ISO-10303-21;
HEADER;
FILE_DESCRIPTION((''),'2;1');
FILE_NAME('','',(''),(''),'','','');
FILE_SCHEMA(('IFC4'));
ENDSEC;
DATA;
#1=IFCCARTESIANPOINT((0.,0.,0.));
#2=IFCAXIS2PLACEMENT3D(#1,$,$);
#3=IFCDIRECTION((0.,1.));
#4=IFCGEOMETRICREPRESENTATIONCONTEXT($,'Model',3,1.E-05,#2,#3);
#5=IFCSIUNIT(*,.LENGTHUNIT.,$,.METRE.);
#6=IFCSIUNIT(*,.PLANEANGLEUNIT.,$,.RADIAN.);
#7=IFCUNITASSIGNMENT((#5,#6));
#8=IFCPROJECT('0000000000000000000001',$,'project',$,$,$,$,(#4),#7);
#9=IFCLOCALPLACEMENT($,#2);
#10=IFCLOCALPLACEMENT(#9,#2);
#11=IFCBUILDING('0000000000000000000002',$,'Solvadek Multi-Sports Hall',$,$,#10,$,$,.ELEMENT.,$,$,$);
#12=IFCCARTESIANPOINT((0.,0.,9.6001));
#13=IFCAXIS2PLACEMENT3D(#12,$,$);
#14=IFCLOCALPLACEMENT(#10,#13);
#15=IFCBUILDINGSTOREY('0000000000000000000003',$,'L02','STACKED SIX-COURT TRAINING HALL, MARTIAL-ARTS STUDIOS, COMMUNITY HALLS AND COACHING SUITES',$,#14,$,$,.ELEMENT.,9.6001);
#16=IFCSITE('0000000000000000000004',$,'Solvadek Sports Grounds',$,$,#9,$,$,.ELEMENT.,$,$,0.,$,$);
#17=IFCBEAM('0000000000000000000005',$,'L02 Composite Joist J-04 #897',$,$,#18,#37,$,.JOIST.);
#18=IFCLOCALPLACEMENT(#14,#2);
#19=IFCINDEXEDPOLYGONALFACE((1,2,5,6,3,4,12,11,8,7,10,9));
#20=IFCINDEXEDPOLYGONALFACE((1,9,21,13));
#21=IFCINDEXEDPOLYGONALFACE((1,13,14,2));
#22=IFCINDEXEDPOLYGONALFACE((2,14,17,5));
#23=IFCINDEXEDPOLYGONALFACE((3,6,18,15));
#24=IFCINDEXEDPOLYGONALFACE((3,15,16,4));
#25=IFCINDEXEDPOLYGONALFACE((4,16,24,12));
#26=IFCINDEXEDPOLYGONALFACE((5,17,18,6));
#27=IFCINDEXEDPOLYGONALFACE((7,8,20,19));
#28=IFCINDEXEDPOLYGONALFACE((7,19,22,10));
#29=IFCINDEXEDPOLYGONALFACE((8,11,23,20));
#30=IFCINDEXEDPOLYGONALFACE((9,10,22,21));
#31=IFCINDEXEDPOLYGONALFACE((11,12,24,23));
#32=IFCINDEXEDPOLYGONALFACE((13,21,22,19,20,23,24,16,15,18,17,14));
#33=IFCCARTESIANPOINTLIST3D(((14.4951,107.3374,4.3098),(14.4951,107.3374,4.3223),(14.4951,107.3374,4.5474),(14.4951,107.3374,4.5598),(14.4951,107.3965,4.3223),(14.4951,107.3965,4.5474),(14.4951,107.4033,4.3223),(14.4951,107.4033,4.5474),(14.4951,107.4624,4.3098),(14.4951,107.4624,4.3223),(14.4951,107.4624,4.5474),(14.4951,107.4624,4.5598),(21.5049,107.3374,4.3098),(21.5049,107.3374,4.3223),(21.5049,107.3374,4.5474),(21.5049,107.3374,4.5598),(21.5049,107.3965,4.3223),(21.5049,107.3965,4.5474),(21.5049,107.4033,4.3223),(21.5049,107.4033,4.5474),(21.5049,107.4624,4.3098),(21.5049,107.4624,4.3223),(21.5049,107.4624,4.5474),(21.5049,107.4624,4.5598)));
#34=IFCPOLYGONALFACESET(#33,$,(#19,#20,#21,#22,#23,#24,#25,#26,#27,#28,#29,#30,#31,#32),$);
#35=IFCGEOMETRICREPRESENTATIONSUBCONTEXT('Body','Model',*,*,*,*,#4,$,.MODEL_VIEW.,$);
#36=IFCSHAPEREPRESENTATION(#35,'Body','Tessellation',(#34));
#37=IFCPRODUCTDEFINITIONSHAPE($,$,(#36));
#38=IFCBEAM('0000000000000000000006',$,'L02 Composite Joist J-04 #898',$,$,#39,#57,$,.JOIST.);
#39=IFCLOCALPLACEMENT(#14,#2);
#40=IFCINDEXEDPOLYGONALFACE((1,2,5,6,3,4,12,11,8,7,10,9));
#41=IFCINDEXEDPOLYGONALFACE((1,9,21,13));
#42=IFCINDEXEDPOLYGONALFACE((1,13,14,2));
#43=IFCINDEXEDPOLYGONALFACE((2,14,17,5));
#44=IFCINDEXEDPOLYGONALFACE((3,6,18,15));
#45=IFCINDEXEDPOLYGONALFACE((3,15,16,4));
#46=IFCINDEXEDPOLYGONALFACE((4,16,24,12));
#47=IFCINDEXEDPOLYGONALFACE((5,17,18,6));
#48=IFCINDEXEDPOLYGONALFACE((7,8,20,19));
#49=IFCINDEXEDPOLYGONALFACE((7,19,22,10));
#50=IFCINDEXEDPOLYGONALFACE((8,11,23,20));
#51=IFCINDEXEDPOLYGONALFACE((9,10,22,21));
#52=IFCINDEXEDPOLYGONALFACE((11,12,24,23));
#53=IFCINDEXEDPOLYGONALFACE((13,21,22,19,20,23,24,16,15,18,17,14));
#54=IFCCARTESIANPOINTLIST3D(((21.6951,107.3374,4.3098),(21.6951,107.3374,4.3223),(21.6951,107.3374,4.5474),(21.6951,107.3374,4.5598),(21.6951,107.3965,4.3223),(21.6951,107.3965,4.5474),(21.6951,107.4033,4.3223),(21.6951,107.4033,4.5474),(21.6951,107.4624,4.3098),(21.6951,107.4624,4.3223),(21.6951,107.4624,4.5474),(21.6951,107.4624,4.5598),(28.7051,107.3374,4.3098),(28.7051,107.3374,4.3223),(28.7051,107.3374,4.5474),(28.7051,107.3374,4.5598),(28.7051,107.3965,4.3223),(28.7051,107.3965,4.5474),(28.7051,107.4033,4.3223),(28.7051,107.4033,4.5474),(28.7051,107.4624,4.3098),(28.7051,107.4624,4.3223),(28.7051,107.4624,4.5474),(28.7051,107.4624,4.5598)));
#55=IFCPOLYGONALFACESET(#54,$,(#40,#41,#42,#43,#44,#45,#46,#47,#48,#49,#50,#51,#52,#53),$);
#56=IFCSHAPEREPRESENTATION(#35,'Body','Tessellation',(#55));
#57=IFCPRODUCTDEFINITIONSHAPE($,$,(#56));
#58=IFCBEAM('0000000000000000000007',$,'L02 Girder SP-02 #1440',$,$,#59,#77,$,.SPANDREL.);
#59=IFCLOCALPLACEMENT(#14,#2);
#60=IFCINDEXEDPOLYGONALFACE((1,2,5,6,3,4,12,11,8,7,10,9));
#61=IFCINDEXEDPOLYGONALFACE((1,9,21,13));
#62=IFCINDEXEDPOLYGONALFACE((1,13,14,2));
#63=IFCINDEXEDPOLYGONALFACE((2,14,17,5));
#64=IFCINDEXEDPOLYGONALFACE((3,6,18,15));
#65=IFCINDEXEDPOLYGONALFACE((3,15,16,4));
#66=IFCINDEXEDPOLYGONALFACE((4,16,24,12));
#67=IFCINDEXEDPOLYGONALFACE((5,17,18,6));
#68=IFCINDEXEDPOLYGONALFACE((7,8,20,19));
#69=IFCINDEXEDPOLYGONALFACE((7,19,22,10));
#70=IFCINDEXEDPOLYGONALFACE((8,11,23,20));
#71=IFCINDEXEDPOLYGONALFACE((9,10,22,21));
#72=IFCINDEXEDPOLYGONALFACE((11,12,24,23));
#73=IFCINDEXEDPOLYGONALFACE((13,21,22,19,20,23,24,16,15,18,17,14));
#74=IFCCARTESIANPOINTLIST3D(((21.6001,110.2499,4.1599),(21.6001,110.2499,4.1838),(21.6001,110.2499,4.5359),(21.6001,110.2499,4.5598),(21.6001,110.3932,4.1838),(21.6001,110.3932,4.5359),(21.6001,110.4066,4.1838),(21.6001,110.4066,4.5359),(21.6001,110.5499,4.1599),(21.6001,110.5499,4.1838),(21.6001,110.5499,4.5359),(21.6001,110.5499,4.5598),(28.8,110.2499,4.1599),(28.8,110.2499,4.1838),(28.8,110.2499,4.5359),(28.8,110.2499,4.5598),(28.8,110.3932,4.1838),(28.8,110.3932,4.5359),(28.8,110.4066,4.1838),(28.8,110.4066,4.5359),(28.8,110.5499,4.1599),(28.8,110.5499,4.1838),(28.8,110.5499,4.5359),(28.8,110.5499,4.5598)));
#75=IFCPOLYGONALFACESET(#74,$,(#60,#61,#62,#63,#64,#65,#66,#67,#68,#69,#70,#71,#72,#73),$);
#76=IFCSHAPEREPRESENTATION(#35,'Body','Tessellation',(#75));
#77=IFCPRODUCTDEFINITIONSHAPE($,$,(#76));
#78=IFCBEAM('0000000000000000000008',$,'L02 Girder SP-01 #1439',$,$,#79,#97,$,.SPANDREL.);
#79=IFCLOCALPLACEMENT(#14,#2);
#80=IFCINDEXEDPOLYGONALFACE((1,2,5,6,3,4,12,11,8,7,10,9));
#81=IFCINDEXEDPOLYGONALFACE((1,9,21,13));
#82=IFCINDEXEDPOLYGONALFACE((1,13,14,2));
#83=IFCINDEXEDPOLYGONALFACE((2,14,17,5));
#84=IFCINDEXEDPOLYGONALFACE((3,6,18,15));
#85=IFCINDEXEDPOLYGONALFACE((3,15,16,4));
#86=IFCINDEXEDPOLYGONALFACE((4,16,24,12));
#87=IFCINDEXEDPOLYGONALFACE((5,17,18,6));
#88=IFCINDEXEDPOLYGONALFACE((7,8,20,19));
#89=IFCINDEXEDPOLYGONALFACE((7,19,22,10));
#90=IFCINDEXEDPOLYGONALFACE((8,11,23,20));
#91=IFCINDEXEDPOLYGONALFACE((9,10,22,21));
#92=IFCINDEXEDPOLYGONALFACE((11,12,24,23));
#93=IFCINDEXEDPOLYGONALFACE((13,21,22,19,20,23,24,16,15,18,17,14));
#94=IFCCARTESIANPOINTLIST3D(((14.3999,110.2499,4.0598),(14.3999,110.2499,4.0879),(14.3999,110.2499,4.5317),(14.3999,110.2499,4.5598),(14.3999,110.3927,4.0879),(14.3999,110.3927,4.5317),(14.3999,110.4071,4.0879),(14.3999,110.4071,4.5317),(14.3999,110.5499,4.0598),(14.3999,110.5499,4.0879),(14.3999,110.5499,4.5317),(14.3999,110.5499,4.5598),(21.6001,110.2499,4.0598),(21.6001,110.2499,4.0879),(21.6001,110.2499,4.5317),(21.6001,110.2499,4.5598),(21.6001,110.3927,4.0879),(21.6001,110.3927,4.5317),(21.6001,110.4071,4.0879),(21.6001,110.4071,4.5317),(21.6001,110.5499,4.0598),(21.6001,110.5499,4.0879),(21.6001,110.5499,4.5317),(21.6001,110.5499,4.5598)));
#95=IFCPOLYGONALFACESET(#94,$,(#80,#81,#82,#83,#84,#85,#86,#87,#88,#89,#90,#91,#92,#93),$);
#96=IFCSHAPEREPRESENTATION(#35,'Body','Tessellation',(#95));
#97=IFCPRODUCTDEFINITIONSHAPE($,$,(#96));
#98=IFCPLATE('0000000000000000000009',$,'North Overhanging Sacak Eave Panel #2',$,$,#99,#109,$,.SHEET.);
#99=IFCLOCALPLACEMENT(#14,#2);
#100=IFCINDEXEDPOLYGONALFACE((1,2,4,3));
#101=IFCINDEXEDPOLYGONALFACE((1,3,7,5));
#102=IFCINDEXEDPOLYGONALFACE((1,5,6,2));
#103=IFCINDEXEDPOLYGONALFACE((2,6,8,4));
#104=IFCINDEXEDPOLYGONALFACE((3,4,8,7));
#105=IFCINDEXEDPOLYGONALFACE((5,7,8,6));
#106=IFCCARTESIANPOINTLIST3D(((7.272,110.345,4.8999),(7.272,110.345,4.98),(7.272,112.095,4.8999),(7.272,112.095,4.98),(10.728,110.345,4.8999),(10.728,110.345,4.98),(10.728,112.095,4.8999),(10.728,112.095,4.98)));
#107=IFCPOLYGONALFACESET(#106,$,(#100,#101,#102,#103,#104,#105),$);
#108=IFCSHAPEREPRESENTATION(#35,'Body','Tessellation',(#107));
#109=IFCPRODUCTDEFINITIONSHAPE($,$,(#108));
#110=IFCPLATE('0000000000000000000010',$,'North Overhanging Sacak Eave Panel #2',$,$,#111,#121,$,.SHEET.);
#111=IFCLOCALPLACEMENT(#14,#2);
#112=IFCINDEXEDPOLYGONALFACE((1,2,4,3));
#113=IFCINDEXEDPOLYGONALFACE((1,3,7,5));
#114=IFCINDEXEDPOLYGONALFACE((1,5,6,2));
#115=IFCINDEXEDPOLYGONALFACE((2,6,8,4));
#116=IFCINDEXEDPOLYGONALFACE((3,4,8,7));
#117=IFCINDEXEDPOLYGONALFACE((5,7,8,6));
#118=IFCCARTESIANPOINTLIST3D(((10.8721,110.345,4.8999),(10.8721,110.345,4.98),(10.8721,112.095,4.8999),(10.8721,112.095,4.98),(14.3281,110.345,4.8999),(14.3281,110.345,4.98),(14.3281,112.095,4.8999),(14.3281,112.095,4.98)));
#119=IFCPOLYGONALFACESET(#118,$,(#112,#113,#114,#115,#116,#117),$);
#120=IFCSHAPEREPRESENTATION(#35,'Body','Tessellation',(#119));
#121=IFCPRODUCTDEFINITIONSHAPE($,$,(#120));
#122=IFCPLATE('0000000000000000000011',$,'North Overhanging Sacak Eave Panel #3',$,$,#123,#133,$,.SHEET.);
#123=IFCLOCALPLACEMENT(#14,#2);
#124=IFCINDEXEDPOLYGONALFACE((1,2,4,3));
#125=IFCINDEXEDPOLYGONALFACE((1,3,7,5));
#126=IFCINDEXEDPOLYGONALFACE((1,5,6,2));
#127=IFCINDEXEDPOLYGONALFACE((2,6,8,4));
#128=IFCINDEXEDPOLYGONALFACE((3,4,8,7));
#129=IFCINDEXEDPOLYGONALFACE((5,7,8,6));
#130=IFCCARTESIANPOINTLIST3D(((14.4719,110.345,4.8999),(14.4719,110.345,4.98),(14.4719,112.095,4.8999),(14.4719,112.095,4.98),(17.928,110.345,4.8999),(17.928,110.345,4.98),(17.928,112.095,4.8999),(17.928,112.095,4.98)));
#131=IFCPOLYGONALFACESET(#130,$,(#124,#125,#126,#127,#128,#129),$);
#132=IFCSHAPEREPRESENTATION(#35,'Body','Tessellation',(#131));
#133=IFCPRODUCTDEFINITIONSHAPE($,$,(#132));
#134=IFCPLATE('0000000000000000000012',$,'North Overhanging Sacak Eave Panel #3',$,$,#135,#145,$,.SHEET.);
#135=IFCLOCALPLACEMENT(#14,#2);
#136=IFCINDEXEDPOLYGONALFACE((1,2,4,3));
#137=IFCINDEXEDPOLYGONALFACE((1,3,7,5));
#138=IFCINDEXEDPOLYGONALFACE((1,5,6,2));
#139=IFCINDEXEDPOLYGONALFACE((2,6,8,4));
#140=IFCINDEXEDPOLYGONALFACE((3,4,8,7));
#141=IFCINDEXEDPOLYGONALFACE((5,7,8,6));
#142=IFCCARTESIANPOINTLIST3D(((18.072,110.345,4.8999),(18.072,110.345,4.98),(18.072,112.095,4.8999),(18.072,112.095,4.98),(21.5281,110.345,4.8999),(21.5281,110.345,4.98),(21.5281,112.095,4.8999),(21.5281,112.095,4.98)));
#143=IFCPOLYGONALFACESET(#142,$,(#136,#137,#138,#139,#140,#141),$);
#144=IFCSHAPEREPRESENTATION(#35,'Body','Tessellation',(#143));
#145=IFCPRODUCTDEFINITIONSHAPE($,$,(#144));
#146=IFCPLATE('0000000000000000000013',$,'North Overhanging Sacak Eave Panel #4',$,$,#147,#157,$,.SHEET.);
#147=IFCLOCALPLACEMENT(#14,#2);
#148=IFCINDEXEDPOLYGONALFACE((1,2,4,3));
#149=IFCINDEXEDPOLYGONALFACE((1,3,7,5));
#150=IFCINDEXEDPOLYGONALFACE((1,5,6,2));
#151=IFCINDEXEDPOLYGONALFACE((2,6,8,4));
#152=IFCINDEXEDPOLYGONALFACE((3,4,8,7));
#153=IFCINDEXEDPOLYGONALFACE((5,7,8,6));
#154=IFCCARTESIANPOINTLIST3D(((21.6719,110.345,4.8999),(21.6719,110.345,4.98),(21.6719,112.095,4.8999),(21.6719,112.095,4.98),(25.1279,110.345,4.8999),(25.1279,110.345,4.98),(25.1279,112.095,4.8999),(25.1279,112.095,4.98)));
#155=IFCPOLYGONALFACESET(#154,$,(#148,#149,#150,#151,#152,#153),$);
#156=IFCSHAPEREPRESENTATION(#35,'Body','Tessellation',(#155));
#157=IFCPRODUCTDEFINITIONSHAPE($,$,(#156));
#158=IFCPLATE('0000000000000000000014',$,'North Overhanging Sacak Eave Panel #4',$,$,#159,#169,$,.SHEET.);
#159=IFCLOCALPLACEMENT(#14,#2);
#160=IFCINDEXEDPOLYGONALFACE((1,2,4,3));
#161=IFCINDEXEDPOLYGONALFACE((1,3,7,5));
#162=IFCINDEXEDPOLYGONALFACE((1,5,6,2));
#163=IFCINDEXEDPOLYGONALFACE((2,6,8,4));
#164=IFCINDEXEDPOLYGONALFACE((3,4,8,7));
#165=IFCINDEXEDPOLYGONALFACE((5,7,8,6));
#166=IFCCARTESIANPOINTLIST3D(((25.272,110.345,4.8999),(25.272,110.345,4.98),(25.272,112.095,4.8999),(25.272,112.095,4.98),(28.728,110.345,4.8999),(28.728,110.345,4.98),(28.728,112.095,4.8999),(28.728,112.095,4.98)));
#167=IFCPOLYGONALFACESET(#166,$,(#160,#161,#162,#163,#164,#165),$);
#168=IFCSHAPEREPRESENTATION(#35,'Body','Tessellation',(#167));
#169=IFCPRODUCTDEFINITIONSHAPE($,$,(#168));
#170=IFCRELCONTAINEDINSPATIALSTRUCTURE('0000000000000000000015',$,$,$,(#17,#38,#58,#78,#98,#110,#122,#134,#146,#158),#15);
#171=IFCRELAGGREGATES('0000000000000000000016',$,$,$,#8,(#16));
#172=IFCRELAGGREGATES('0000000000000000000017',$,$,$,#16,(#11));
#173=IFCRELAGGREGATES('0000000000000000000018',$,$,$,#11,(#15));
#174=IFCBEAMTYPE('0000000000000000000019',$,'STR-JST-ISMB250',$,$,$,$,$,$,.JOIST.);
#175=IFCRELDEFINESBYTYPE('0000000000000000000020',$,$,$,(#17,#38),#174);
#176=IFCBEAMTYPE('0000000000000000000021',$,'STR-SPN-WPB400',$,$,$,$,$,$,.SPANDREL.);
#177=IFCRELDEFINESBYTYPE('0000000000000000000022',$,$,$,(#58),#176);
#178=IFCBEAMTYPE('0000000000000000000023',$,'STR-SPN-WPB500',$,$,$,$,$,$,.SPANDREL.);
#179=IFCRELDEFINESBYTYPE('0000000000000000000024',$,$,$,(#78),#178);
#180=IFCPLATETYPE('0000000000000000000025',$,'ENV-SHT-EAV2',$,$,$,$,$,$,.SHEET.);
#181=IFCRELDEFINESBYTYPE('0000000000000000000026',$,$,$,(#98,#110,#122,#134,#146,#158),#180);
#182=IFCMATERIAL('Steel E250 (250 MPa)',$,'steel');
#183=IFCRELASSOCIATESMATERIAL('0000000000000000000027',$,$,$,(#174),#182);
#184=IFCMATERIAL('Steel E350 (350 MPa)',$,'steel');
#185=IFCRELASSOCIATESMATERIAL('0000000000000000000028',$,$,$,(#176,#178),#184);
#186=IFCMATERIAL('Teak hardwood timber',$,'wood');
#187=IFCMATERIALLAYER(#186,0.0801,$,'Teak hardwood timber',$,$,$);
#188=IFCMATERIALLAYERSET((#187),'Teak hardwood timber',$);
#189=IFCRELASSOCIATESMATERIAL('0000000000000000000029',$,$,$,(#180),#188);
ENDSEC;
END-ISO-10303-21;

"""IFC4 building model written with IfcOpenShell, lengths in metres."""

from ifc_helpers import new_model, si_unit, direction, frame, origin, origin_2d, place, context, subcontext, project, spatial, rectangle, i_section, extrude, material, layer, layer_set, material_profile, profile_set, type_object, element, save


model = new_model("IFC4")

# Units and contexts
model_context = context("Model", 3, precision=1e-05, world=origin(), true_north=direction((0.0, 1.0)))
body_context = subcontext(model_context, "Body", "Model", "MODEL_VIEW")
ifc_project = project(units=[si_unit("LENGTHUNIT", "METRE"), si_unit("PLANEANGLEUNIT", "RADIAN")], contexts=[model_context])

# Site, building, storey
site_placement = place(None, origin())
site = spatial("IfcSite", under=ifc_project, at=site_placement, Name="Solvadek Sports Grounds", CompositionType="ELEMENT", RefElevation=0.0)
building_placement = place(site_placement, origin())
building = spatial("IfcBuilding", under=site, at=building_placement, Name="Solvadek Multi-Sports Hall", CompositionType="ELEMENT")
storey_placement = place(building_placement, frame((0.0, 0.0, 9.6001)))
storey = spatial("IfcBuildingStorey", under=building, at=storey_placement, Name="L02", Description="STACKED SIX-COURT TRAINING HALL, MARTIAL-ARTS STUDIOS, COMMUNITY HALLS AND COACHING SUITES", CompositionType="ELEMENT", Elevation=9.6001)

# Shared definitions
ifc_material_1 = material(Name="Steel E350 (350 MPa)", Category="steel")

# Beams
ifc_material_2 = material(Name="Steel E250 (250 MPa)", Category="steel")
ifc_material_profile_1 = material_profile(ifc_material_2, i_section(OverallWidth=0.125, OverallDepth=0.25, WebThickness=0.0068, FlangeThickness=0.0125, at=origin_2d()), Name="ISMB 250")
ifc_profile_set_1 = profile_set([ifc_material_profile_1], Name="Steel E250 (250 MPa)")
beam_type_1 = type_object("IfcBeamType", Name="STR-JST-ISMB250", PredefinedType="JOIST", material=ifc_profile_set_1)
beam_1_placement = place(storey_placement, frame((14.4951, 107.3999, 4.4348), z_axis=(1.0, 0.0, 0.0), x_axis=(0.0, 1.0, 0.0)))
element("IfcBeam", 1, at=beam_1_placement, inside=storey, type_object=beam_type_1, Name="L02 Composite Joist J-04 #897", PredefinedType="JOIST", context=body_context, shape_type="SweptSolid", body=[
    extrude(i_section(OverallWidth=0.125, OverallDepth=0.25, WebThickness=0.0068, FlangeThickness=0.0125, at=origin_2d()), origin(), (0.0, 0.0, 1.0), 7.0098),
])
beam_2_placement = place(storey_placement, frame((21.6951, 107.3999, 4.4348), z_axis=(1.0, 0.0, 0.0), x_axis=(0.0, 1.0, 0.0)))
element("IfcBeam", 2, at=beam_2_placement, inside=storey, type_object=beam_type_1, Name="L02 Composite Joist J-04 #898", PredefinedType="JOIST", context=body_context, shape_type="SweptSolid", body=[
    extrude(i_section(OverallWidth=0.125, OverallDepth=0.25, WebThickness=0.0068, FlangeThickness=0.0125, at=origin_2d()), origin(), (0.0, 0.0, 1.0), 7.01),
])
ifc_material_profile_2 = material_profile(ifc_material_1, i_section(OverallWidth=0.3, OverallDepth=0.3999, WebThickness=0.0134, FlangeThickness=0.0239, at=origin_2d()), Name="WPB 400")
ifc_profile_set_2 = profile_set([ifc_material_profile_2], Name="Steel E350 (350 MPa)")
beam_type_2 = type_object("IfcBeamType", Name="STR-SPN-WPB400", PredefinedType="SPANDREL", material=ifc_profile_set_2)
beam_3_placement = place(storey_placement, frame((21.6001, 110.3999, 4.3599), z_axis=(1.0, 0.0, 0.0), x_axis=(0.0, 1.0, 0.0)))
element("IfcBeam", 3, at=beam_3_placement, inside=storey, type_object=beam_type_2, Name="L02 Girder SP-02 #1440", PredefinedType="SPANDREL", context=body_context, shape_type="SweptSolid", body=[
    extrude(i_section(OverallWidth=0.3, OverallDepth=0.3999, WebThickness=0.0134, FlangeThickness=0.0239, at=origin_2d()), origin(), (0.0, 0.0, 1.0), 7.2),
])
ifc_material_profile_3 = material_profile(ifc_material_1, i_section(OverallWidth=0.3, OverallDepth=0.5, WebThickness=0.0144, FlangeThickness=0.0281, at=origin_2d()), Name="WPB 500")
ifc_profile_set_3 = profile_set([ifc_material_profile_3], Name="Steel E350 (350 MPa)")
beam_type_3 = type_object("IfcBeamType", Name="STR-SPN-WPB500", PredefinedType="SPANDREL", material=ifc_profile_set_3)
beam_4_placement = place(storey_placement, frame((14.3999, 110.3999, 4.3098), z_axis=(1.0, 0.0, 0.0), x_axis=(0.0, 1.0, 0.0)))
element("IfcBeam", 4, at=beam_4_placement, inside=storey, type_object=beam_type_3, Name="L02 Girder SP-01 #1439", PredefinedType="SPANDREL", context=body_context, shape_type="SweptSolid", body=[
    extrude(i_section(OverallWidth=0.3, OverallDepth=0.5, WebThickness=0.0144, FlangeThickness=0.0281, at=origin_2d()), origin(), (0.0, 0.0, 1.0), 7.2002),
])

# Plates
ifc_material_3 = material(Name="Teak hardwood timber", Category="wood")
ifc_layer_1 = layer(ifc_material_3, 0.0801, Name="Teak hardwood timber")
ifc_layer_set_1 = layer_set([ifc_layer_1], Name="Teak hardwood timber")
plate_type = type_object("IfcPlateType", Name="ENV-SHT-EAV2", PredefinedType="SHEET", material=ifc_layer_set_1)
for number, where, z_axis, x_axis, name in (
    (5, (9.0, 111.22, 4.8999), (0.0, 0.0, 1.0), (1.0, 0.0, 0.0), "North Overhanging Sacak Eave Panel #2"),
    (6, (12.6001, 111.22, 4.8999), (0.0, 0.0, 1.0), (1.0, 0.0, 0.0), "North Overhanging Sacak Eave Panel #2"),
    (7, (16.2, 111.22, 4.8999), (0.0, 0.0, 1.0), (1.0, 0.0, 0.0), "North Overhanging Sacak Eave Panel #3"),
    (8, (19.8, 111.22, 4.8999), (0.0, 0.0, 1.0), (1.0, 0.0, 0.0), "North Overhanging Sacak Eave Panel #3"),
    (9, (23.3999, 111.22, 4.8999), (0.0, 0.0, 1.0), (1.0, 0.0, 0.0), "North Overhanging Sacak Eave Panel #4"),
    (10, (27.0, 111.22, 4.8999), (0.0, 0.0, 1.0), (1.0, 0.0, 0.0), "North Overhanging Sacak Eave Panel #4"),
):
    element("IfcPlate", number, at=place(storey_placement, frame(where, z_axis=z_axis, x_axis=x_axis)), inside=storey, type_object=plate_type, Name=name, PredefinedType="SHEET", context=body_context, shape_type="SweptSolid", body=[
        extrude(rectangle(XDim=3.4561, YDim=1.75, at=origin_2d()), origin(), (0.0, 0.0, 1.0), 0.0801),
    ])

save(model, "model.ifc")
